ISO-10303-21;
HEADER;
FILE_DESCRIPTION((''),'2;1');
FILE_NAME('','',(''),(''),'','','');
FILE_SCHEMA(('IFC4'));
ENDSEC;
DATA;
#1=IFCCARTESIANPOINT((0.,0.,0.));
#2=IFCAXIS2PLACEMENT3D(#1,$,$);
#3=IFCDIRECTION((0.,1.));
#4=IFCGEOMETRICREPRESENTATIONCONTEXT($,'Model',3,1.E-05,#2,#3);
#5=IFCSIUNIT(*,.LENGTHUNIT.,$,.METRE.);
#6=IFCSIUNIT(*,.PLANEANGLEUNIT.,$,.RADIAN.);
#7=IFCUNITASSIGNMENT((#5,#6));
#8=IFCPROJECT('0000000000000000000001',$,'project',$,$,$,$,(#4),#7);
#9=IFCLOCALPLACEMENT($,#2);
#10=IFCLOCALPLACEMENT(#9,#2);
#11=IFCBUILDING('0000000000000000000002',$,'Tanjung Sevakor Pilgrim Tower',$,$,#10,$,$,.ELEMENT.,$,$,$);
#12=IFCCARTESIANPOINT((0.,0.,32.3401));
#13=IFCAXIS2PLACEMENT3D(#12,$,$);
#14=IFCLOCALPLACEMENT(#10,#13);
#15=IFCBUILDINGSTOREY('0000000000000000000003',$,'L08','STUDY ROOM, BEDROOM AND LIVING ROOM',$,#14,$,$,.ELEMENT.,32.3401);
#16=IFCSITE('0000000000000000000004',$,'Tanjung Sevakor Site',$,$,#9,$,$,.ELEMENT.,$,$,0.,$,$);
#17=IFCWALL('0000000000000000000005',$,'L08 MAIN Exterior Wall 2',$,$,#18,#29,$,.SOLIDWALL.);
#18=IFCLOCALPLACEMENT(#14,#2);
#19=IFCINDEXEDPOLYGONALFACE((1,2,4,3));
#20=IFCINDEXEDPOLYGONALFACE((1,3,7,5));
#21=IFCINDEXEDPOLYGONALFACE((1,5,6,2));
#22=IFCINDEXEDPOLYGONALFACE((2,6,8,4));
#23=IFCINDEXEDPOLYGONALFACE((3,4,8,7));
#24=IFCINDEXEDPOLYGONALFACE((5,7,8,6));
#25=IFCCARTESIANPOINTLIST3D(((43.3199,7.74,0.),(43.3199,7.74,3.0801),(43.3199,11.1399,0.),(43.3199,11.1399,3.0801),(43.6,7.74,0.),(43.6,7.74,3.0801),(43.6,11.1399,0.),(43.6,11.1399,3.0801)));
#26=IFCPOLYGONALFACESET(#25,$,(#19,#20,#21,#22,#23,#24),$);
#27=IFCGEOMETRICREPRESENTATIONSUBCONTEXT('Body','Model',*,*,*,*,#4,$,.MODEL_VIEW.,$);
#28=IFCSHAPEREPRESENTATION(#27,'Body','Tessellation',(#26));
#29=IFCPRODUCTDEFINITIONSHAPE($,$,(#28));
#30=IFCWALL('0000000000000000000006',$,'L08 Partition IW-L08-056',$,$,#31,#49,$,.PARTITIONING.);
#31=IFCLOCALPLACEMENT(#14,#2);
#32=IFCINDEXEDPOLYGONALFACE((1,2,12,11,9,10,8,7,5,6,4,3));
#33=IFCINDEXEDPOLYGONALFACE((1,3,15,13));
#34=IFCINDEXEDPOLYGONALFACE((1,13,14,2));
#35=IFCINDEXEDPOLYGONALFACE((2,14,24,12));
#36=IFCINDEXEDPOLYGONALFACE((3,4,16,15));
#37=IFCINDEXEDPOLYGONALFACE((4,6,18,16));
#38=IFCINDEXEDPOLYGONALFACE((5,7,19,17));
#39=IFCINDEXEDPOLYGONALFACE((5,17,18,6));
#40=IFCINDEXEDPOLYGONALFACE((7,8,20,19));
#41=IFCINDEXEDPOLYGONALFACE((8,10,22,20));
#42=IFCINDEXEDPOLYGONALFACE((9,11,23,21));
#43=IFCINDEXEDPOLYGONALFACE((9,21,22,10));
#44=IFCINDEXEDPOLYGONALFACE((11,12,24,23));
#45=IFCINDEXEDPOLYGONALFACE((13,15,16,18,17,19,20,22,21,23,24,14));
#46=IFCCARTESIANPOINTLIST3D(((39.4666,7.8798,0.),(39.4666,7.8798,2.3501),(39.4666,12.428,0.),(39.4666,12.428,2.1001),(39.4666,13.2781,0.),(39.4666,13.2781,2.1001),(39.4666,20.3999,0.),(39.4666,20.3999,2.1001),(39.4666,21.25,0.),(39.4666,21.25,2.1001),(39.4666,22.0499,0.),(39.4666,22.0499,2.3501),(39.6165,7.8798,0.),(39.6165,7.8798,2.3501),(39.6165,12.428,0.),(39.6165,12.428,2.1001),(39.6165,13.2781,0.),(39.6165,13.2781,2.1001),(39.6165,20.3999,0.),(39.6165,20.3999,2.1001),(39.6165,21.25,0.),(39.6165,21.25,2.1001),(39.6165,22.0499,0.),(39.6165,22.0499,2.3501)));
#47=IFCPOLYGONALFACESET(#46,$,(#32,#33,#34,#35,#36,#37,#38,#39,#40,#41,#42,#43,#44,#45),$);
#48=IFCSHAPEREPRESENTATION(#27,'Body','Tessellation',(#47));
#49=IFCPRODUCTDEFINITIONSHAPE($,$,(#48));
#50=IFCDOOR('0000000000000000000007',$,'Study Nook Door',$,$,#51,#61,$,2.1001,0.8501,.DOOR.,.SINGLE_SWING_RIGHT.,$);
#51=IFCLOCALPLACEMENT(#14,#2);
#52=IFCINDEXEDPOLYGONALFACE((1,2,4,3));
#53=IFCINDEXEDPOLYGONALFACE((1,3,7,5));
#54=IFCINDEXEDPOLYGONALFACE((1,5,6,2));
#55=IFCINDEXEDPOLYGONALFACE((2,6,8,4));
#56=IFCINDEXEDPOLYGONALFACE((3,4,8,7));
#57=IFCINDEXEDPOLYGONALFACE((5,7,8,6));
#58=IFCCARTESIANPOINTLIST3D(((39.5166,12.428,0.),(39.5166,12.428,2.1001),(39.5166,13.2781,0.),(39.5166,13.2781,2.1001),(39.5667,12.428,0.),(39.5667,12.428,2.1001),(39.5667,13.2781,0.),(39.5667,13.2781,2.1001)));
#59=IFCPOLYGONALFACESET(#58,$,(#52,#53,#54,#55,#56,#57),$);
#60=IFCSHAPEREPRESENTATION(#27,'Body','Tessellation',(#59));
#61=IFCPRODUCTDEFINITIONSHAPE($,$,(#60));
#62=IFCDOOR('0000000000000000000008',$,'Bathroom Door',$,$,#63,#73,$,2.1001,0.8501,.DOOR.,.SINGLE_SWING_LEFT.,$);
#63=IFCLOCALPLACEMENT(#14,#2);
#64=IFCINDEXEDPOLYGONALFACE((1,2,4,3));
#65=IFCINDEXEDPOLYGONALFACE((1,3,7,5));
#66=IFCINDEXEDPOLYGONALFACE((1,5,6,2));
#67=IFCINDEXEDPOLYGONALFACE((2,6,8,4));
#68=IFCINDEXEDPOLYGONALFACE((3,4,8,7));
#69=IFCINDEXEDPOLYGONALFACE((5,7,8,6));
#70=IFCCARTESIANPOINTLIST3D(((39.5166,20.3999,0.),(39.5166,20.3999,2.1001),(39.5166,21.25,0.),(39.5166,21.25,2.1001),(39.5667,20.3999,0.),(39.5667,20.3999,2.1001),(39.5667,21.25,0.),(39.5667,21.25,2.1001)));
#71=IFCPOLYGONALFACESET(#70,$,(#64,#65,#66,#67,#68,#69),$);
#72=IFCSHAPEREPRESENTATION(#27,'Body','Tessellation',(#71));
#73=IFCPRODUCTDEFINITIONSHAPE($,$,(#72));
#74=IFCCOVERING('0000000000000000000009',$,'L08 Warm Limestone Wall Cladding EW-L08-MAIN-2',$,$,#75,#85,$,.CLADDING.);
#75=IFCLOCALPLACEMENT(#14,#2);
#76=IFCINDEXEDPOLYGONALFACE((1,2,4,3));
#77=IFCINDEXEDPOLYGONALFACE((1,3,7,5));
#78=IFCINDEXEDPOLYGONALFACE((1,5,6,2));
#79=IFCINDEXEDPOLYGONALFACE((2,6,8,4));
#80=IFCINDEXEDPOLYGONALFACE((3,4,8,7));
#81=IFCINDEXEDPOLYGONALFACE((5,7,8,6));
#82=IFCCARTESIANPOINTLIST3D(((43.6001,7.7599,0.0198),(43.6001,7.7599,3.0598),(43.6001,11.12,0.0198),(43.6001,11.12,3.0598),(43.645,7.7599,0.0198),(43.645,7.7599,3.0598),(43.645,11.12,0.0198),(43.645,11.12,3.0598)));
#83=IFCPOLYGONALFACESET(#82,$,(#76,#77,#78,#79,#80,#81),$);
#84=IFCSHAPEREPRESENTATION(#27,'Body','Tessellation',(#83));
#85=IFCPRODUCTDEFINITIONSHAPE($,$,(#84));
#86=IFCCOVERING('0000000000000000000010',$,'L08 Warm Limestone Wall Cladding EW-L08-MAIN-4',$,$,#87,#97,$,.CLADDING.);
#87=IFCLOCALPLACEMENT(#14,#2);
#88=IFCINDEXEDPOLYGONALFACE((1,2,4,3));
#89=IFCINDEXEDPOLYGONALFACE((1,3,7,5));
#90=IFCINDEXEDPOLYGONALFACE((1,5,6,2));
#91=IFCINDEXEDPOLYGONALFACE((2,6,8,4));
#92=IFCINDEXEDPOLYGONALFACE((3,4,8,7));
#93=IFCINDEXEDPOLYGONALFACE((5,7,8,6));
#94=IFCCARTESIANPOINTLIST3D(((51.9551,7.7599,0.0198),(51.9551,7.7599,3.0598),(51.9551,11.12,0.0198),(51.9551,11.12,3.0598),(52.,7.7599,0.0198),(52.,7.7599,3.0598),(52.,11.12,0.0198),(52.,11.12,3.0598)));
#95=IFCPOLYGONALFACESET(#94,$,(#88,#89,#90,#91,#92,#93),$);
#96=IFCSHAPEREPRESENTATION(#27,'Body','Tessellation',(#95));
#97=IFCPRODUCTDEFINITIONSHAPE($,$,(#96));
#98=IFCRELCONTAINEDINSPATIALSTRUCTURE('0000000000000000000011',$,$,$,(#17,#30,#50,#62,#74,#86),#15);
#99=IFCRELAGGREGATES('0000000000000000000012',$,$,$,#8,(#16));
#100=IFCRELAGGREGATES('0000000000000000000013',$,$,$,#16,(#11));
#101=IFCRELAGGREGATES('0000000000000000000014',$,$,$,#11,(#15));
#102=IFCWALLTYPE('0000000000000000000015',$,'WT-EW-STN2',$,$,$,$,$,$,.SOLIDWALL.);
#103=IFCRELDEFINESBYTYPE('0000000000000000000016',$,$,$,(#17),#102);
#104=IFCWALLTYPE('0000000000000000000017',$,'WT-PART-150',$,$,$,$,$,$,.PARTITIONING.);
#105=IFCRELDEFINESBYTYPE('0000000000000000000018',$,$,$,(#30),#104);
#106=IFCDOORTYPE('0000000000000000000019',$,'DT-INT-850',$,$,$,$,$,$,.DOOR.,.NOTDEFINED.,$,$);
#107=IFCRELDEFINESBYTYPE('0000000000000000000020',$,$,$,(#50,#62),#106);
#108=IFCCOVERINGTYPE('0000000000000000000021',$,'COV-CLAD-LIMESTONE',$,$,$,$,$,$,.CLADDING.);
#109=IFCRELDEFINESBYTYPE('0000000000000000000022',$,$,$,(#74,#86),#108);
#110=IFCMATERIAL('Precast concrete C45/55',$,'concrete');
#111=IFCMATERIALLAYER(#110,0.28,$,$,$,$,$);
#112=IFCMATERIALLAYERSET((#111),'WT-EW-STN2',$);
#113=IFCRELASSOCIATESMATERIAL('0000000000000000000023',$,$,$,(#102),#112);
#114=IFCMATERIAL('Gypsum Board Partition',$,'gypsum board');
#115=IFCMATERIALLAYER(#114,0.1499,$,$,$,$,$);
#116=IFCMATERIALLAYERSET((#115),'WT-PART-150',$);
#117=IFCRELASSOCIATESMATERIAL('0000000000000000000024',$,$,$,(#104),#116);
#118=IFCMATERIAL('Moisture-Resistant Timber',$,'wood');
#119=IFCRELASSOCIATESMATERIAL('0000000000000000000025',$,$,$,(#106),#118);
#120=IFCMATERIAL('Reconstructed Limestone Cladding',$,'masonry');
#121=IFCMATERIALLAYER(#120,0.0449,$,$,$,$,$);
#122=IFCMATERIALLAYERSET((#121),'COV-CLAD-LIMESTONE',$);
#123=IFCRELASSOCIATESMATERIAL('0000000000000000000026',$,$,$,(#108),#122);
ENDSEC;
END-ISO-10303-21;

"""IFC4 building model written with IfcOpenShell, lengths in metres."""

from ifc_helpers import new_model, si_unit, direction, frame, frame_2d, origin, origin_2d, place, context, subcontext, project, spatial, rectangle, extrude, material, layer, layer_set, type_object, element, fill, save


model = new_model("IFC4")

# Units and contexts
model_context = context("Model", 3, precision=1e-05, world=origin(), true_north=direction((0.0, 1.0)))
body_context = subcontext(model_context, "Body", "Model", "MODEL_VIEW")
ifc_project = project(units=[si_unit("LENGTHUNIT", "METRE"), si_unit("PLANEANGLEUNIT", "RADIAN")], contexts=[model_context])

# Site, building, storey
site_placement = place(None, origin())
site = spatial("IfcSite", under=ifc_project, at=site_placement, Name="Tanjung Sevakor Site", CompositionType="ELEMENT", RefElevation=0.0)
building_placement = place(site_placement, origin())
building = spatial("IfcBuilding", under=site, at=building_placement, Name="Tanjung Sevakor Pilgrim Tower", CompositionType="ELEMENT")
storey_placement = place(building_placement, frame((0.0, 0.0, 32.3401)))
storey = spatial("IfcBuildingStorey", under=building, at=storey_placement, Name="L08", Description="STUDY ROOM, BEDROOM AND LIVING ROOM", CompositionType="ELEMENT", Elevation=32.3401)

# Wall
ifc_material_1 = material(Name="Precast concrete C45/55", Category="concrete")
ifc_layer_1 = layer(ifc_material_1, 0.28)
ifc_layer_set_1 = layer_set([ifc_layer_1], Name="WT-EW-STN2")
wall_type_1 = type_object("IfcWallType", Name="WT-EW-STN2", PredefinedType="SOLIDWALL", material=ifc_layer_set_1)
wall_1_placement = place(storey_placement, frame((43.46, 7.74, 0.0), z_axis=(0.0, 0.0, 1.0), x_axis=(0.0, 1.0, 0.0)))
element("IfcWall", 1, at=wall_1_placement, inside=storey, type_object=wall_type_1, Name="L08 MAIN Exterior Wall 2", PredefinedType="SOLIDWALL", context=body_context, shape_type="SweptSolid", body=[
    extrude(rectangle(XDim=3.3999, YDim=0.28, at=frame_2d((1.7, 0.0))), origin(), (0.0, 0.0, 1.0), 3.0801),
])

# Wall, openings, doors
ifc_material_2 = material(Name="Gypsum Board Partition", Category="gypsum board")
ifc_layer_2 = layer(ifc_material_2, 0.1499)
ifc_layer_set_2 = layer_set([ifc_layer_2], Name="WT-PART-150")
wall_type_2 = type_object("IfcWallType", Name="WT-PART-150", PredefinedType="PARTITIONING", material=ifc_layer_set_2)
wall_2_placement = place(storey_placement, frame((39.5415, 7.8799, 0.0), z_axis=(0.0, 0.0, 1.0), x_axis=(0.0, 1.0, 0.0)))
wall_2 = element("IfcWall", 2, at=wall_2_placement, inside=storey, type_object=wall_type_2, Name="L08 Partition IW-L08-056", PredefinedType="PARTITIONING", context=body_context, shape_type="SweptSolid", body=[
    extrude(rectangle(XDim=14.1702, YDim=0.1499, at=frame_2d((7.085, 0.0))), origin(), (0.0, 0.0, 1.0), 2.3501),
])
opening_1_placement = place(wall_2_placement, frame((4.5481, 0.0, 0.0)))
opening_1 = element("IfcOpeningElement", 3, at=opening_1_placement, cuts=wall_2, PredefinedType="OPENING", context=body_context, shape_type="SweptSolid", body=[
    extrude(rectangle(XDim=0.8501, YDim=2.1001, at=frame_2d((0.425, 1.05))), frame((0.0, 0.085, 0.0), z_axis=(0.0, -1.0, 0.0), x_axis=(1.0, 0.0, 0.0)), (0.0, 0.0, 1.0), 0.1699),
])
opening_2_placement = place(wall_2_placement, frame((12.52, 0.0, 0.0)))
opening_2 = element("IfcOpeningElement", 4, at=opening_2_placement, cuts=wall_2, PredefinedType="OPENING", context=body_context, shape_type="SweptSolid", body=[
    extrude(rectangle(XDim=0.8501, YDim=2.1001, at=frame_2d((0.425, 1.05))), frame((0.0, 0.085, 0.0), z_axis=(0.0, -1.0, 0.0), x_axis=(1.0, 0.0, 0.0)), (0.0, 0.0, 1.0), 0.1699),
])
ifc_material_3 = material(Name="Moisture-Resistant Timber", Category="wood")
door_type_1 = type_object("IfcDoorType", Name="DT-INT-850", OperationType="NOTDEFINED", PredefinedType="DOOR", material=ifc_material_3)
door_1_placement = place(opening_1_placement, origin())
door_1 = element("IfcDoor", 5, at=door_1_placement, inside=storey, type_object=door_type_1, Name="Study Nook Door", OperationType="SINGLE_SWING_RIGHT", OverallHeight=2.1001, OverallWidth=0.8501, PredefinedType="DOOR", context=body_context, shape_type="SweptSolid", body=[
    extrude(rectangle(XDim=0.8501, YDim=2.1001, at=frame_2d((0.425, 1.05))), frame((0.0, 0.0249, 0.0), z_axis=(0.0, -1.0, 0.0), x_axis=(1.0, 0.0, 0.0)), (0.0, 0.0, 1.0), 0.05),
])
fill(opening_1, door_1)
door_2_placement = place(opening_2_placement, origin())
door_2 = element("IfcDoor", 6, at=door_2_placement, inside=storey, type_object=door_type_1, Name="Bathroom Door", OperationType="SINGLE_SWING_LEFT", OverallHeight=2.1001, OverallWidth=0.8501, PredefinedType="DOOR", context=body_context, shape_type="SweptSolid", body=[
    extrude(rectangle(XDim=0.8501, YDim=2.1001, at=frame_2d((0.425, 1.05))), frame((0.0, 0.0249, 0.0), z_axis=(0.0, -1.0, 0.0), x_axis=(1.0, 0.0, 0.0)), (0.0, 0.0, 1.0), 0.05),
])
fill(opening_2, door_2)

# Coverings
ifc_material_4 = material(Name="Reconstructed Limestone Cladding", Category="masonry")
ifc_layer_3 = layer(ifc_material_4, 0.0449)
ifc_layer_set_3 = layer_set([ifc_layer_3], Name="COV-CLAD-LIMESTONE")
covering_type = type_object("IfcCoveringType", Name="COV-CLAD-LIMESTONE", PredefinedType="CLADDING", material=ifc_layer_set_3)
for number, where, z_axis, x_axis, name in (
    (7, (43.6226, 9.4399, 0.0198), (0.0, 0.0, 1.0), (0.0, 1.0, 0.0), "L08 Warm Limestone Wall Cladding EW-L08-MAIN-2"),
    (8, (51.9775, 9.4399, 0.0198), (0.0, 0.0, 1.0), (0.0, -1.0, 0.0), "L08 Warm Limestone Wall Cladding EW-L08-MAIN-4"),
):
    element("IfcCovering", number, at=place(storey_placement, frame(where, z_axis=z_axis, x_axis=x_axis)), inside=storey, type_object=covering_type, Name=name, PredefinedType="CLADDING", context=body_context, shape_type="SweptSolid", body=[
        extrude(rectangle(XDim=3.3601, YDim=0.0449, at=origin_2d()), origin(), (0.0, 0.0, 1.0), 3.04),
    ])

save(model, "model.ifc")
